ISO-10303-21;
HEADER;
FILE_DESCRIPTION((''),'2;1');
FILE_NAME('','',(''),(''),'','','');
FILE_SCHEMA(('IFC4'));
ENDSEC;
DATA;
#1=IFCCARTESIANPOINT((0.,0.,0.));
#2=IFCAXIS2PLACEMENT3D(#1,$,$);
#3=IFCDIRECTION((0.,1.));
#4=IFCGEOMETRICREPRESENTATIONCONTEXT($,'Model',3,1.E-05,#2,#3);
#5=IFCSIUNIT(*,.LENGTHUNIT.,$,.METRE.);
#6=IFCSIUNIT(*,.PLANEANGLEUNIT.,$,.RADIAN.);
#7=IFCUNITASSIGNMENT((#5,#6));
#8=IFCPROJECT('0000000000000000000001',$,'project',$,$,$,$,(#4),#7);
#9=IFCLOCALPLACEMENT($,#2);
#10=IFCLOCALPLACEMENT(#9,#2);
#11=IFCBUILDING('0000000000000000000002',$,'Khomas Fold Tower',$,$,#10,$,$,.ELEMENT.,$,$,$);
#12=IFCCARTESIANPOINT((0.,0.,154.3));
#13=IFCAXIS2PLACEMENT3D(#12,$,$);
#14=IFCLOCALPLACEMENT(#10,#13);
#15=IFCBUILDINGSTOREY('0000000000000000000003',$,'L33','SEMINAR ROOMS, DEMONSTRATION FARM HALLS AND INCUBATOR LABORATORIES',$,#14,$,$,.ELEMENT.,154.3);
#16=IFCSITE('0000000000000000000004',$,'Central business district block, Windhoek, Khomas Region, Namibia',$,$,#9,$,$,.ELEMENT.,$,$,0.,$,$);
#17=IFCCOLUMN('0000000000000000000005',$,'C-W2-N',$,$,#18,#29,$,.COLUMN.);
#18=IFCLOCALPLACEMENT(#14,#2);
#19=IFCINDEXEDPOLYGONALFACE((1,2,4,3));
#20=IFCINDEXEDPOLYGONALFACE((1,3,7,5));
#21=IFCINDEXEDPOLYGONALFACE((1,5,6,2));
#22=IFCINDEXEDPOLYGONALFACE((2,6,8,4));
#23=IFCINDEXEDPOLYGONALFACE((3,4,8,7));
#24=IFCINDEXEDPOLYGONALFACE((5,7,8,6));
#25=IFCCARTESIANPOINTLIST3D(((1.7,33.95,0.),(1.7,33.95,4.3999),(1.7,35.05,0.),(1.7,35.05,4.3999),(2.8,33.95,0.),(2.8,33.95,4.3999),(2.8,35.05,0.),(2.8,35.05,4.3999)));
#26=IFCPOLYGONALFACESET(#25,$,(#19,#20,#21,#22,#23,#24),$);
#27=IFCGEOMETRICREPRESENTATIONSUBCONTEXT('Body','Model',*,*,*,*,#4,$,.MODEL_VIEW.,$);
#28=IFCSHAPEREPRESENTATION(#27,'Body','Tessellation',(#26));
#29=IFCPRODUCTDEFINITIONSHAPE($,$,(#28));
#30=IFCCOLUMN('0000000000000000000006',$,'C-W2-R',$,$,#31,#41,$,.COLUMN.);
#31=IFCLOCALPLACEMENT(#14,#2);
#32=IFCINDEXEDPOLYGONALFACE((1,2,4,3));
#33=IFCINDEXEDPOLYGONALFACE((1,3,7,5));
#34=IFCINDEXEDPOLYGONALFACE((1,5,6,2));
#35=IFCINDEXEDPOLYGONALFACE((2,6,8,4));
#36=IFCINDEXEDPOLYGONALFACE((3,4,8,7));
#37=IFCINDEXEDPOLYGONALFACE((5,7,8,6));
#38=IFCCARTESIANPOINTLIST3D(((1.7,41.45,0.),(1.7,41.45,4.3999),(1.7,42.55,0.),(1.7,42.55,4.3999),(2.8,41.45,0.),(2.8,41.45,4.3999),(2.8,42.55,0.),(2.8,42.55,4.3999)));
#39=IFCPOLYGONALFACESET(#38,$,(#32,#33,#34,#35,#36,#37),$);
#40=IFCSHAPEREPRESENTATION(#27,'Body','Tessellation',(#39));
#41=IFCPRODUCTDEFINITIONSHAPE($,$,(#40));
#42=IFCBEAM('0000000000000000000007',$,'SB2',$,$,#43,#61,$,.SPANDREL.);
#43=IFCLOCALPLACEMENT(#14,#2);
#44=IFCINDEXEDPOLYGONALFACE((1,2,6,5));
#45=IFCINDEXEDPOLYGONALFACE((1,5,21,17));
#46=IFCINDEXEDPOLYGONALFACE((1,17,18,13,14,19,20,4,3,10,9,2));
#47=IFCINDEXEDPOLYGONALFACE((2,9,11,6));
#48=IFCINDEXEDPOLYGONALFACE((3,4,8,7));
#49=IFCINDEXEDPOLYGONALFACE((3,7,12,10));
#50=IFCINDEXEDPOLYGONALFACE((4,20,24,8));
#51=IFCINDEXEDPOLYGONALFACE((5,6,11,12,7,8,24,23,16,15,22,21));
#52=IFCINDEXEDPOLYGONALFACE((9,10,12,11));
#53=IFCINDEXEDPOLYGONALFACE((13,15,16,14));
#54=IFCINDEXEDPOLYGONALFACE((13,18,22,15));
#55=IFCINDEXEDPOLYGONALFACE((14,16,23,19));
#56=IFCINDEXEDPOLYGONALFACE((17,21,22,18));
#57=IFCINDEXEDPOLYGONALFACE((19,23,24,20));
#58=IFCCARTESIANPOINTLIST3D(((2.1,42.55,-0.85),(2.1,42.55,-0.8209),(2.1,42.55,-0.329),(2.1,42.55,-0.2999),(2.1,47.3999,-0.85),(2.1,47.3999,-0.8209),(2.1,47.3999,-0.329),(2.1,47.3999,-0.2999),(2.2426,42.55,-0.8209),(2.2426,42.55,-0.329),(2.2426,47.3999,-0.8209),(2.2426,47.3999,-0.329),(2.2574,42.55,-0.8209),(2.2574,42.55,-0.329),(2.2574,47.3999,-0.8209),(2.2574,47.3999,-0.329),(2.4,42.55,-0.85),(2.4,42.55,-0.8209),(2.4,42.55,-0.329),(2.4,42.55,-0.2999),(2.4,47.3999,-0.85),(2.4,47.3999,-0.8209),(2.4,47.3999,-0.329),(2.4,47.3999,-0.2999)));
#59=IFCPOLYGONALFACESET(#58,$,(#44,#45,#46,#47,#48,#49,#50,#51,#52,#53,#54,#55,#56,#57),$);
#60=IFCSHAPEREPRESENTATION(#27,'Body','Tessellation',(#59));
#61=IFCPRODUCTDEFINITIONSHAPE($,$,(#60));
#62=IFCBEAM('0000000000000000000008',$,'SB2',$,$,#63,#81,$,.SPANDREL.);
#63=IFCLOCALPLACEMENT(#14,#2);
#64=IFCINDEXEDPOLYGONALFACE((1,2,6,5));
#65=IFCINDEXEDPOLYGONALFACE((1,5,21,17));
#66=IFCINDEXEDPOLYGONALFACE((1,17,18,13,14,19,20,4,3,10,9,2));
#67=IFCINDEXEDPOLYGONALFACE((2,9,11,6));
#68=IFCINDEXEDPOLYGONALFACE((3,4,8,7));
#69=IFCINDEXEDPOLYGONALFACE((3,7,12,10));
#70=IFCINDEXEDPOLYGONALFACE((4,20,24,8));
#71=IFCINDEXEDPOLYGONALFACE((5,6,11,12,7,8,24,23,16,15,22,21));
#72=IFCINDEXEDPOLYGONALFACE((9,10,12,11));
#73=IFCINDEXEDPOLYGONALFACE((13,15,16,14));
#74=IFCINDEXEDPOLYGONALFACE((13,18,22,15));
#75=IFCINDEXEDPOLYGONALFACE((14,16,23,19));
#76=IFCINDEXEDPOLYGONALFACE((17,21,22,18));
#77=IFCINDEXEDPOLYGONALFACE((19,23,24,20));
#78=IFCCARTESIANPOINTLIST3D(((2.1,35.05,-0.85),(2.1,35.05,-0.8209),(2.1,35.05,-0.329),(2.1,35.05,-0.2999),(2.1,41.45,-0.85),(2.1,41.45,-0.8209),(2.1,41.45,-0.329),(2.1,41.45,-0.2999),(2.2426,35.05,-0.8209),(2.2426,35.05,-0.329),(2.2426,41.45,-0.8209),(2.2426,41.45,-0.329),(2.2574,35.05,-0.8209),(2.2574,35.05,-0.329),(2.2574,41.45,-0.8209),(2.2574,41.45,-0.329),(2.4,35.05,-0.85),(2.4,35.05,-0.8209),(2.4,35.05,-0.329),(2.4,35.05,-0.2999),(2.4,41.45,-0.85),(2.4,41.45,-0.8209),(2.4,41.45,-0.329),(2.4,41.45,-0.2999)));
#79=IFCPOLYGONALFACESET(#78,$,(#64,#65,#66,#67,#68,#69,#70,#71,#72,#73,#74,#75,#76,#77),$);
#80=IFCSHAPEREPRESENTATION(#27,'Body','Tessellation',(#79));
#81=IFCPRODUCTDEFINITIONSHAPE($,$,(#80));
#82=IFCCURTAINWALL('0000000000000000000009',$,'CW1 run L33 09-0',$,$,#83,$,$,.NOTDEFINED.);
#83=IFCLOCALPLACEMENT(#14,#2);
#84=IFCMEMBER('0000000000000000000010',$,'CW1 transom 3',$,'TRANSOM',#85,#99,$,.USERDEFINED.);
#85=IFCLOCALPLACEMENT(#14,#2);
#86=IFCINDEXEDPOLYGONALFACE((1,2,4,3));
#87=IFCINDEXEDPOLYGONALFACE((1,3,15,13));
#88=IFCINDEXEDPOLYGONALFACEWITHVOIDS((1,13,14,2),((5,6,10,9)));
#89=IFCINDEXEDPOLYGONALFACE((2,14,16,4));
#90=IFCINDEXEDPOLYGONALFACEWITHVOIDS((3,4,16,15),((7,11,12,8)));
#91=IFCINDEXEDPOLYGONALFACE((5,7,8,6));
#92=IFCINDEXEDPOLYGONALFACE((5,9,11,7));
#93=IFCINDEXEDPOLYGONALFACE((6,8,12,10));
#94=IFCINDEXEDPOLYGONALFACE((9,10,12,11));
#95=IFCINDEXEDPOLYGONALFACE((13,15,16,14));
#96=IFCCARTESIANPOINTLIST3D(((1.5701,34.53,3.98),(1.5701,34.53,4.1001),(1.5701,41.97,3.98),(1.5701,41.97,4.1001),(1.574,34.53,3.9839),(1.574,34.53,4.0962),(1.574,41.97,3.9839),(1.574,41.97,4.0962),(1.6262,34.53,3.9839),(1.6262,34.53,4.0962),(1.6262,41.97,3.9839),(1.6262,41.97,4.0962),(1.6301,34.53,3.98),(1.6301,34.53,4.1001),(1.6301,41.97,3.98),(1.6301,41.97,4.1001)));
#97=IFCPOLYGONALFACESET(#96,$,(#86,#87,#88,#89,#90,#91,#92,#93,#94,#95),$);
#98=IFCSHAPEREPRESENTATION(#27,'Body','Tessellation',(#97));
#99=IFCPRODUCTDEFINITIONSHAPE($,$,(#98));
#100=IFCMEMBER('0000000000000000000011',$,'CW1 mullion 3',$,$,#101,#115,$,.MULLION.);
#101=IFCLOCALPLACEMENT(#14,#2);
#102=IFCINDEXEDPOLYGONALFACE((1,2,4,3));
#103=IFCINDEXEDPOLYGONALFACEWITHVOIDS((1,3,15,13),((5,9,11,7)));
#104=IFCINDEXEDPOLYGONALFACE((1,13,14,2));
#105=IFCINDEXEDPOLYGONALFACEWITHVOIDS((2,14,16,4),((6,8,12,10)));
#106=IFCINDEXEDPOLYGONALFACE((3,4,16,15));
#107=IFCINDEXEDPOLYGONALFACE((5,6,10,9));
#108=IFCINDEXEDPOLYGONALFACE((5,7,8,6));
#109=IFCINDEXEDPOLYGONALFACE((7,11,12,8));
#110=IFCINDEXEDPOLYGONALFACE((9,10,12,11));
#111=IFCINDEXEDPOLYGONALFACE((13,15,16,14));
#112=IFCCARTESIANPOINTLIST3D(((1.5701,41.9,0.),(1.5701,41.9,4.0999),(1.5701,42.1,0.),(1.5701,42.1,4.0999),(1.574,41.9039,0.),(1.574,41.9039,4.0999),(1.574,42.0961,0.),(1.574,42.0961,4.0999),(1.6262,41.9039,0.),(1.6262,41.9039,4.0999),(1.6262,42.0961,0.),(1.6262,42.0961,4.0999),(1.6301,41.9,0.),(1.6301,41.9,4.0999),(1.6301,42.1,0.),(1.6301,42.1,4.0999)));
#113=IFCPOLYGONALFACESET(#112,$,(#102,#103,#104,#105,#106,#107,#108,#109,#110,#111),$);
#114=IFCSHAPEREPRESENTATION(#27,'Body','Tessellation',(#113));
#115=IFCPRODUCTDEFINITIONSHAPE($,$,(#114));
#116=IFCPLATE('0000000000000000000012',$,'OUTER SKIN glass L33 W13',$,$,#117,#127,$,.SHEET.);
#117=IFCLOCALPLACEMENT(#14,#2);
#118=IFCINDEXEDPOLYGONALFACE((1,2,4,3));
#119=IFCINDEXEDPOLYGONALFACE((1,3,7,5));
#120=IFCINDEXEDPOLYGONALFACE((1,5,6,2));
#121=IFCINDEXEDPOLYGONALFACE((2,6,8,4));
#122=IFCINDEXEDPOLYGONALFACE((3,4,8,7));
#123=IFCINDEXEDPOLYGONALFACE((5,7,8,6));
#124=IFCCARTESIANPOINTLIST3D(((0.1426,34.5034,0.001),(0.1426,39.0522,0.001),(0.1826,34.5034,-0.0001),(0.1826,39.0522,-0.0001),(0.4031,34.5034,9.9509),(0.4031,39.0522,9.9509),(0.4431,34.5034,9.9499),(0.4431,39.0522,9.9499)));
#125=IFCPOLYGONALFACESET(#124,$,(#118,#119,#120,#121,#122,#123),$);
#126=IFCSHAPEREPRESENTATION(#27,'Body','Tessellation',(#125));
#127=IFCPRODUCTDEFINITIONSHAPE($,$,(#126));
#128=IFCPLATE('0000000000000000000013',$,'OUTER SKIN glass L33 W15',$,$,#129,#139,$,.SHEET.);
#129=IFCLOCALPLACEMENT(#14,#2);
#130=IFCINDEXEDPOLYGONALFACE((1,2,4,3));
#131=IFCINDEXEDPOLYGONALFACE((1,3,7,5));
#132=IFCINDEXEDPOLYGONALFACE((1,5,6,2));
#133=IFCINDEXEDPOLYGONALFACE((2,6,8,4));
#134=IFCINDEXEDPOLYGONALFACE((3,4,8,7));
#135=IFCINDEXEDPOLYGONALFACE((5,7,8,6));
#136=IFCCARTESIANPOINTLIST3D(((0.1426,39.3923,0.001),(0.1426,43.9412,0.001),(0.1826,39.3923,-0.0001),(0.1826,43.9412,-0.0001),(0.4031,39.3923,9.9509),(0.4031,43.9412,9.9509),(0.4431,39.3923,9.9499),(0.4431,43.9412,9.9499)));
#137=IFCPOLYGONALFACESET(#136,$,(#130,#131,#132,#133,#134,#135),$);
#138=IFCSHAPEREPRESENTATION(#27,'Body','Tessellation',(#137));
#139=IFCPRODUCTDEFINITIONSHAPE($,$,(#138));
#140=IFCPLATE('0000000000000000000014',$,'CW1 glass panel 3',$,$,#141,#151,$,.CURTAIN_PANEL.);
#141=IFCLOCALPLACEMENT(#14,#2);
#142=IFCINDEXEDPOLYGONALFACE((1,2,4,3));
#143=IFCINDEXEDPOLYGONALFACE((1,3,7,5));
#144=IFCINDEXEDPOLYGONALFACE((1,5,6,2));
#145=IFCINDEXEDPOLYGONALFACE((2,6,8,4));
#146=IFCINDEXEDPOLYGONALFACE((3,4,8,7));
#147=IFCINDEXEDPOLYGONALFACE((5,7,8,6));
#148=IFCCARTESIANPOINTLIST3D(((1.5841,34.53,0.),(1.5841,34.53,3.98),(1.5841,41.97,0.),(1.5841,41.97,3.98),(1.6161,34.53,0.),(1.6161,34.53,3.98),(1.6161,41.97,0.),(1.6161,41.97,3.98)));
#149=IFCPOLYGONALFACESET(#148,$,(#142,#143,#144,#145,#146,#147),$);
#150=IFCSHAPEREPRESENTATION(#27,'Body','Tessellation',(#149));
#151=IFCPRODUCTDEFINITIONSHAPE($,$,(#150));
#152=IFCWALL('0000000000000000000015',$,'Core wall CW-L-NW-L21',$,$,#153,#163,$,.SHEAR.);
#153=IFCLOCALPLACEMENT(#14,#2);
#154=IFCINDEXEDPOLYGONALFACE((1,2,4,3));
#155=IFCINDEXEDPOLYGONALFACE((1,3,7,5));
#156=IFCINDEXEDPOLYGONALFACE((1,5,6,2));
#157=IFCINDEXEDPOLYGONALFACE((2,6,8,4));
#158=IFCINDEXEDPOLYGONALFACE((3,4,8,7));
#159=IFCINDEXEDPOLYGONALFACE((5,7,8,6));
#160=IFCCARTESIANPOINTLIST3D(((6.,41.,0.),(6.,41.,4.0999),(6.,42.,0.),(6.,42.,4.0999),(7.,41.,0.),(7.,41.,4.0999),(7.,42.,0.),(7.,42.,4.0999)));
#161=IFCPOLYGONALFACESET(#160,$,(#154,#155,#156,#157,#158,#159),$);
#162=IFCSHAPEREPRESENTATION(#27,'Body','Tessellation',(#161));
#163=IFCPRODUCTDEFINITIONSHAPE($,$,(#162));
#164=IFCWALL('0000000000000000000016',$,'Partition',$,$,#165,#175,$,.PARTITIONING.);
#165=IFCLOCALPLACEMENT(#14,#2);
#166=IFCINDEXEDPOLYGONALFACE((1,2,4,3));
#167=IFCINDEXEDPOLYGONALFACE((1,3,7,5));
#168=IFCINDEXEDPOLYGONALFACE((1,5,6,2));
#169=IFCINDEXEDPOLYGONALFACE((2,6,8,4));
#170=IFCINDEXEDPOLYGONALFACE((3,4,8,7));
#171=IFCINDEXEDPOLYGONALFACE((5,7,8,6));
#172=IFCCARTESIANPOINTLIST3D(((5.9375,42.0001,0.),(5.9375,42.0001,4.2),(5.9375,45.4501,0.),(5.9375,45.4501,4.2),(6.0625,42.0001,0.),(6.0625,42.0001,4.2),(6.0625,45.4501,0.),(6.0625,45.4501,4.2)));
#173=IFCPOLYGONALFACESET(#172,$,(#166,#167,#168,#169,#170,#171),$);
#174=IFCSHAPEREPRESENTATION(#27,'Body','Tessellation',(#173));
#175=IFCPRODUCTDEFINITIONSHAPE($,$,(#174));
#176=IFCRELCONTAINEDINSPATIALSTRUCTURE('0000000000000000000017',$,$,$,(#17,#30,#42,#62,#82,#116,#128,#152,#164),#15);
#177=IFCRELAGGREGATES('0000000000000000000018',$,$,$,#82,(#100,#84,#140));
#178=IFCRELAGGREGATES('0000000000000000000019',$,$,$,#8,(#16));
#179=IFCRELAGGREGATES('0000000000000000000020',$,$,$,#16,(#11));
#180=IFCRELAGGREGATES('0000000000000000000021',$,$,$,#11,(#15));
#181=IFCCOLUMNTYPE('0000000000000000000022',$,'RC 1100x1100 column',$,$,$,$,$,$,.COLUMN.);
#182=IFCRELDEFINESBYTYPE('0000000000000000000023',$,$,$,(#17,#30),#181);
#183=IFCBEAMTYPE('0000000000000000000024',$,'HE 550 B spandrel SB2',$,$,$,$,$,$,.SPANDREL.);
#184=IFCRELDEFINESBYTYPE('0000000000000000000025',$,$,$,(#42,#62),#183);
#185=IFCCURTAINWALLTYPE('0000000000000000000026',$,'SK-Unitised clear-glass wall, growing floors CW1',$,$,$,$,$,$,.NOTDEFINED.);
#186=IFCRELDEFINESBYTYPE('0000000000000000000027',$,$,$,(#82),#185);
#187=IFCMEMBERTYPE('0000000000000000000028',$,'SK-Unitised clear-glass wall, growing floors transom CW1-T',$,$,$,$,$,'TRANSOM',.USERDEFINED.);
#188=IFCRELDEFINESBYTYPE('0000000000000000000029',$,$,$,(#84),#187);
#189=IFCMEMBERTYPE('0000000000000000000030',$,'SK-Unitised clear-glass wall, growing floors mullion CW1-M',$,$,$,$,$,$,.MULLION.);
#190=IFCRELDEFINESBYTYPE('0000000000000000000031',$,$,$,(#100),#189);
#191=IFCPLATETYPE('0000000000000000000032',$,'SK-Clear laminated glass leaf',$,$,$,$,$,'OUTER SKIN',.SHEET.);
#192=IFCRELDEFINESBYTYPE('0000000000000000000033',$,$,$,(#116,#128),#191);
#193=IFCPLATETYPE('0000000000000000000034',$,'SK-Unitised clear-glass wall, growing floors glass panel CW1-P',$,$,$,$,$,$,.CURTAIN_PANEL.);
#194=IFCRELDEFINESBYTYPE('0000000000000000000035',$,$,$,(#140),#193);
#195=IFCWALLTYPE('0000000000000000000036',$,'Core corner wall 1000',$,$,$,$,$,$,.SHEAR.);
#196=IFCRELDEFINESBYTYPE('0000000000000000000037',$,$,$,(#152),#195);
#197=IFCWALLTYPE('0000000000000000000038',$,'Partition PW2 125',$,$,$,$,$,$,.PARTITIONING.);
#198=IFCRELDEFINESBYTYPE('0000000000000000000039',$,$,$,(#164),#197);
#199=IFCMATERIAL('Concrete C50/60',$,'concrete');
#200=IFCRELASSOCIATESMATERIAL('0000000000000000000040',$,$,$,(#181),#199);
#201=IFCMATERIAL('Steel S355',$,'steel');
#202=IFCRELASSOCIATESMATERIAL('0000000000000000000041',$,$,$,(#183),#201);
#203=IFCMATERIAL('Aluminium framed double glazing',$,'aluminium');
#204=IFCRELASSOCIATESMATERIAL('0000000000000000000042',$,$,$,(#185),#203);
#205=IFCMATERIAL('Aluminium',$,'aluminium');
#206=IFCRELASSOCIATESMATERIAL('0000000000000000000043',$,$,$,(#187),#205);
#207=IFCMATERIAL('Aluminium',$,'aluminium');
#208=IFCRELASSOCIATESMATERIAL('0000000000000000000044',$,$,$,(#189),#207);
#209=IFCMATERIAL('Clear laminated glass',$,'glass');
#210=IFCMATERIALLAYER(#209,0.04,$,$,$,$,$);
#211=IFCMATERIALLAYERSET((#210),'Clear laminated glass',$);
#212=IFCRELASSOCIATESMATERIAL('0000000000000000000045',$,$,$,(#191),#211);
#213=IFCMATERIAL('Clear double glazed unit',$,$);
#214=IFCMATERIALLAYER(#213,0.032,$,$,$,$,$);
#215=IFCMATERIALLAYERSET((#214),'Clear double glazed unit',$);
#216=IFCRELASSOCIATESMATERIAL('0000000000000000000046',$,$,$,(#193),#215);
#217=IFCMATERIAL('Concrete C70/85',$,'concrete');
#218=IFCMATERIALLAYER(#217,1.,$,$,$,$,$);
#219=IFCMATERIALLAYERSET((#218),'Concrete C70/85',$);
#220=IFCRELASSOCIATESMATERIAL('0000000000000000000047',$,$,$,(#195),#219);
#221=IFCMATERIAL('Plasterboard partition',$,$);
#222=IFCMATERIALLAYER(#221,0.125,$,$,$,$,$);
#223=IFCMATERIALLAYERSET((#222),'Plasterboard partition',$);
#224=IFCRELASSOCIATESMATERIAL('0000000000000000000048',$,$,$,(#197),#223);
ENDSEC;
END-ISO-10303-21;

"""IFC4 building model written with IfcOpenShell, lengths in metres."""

from ifc_helpers import new_model, si_unit, direction, frame, frame_2d, origin, origin_2d, place, context, subcontext, project, spatial, polyline, rectangle, hollow_rectangle, i_section, outline, extrude, source, transform, mapped, material, layer, layer_set, material_profile, profile_set, type_object, element, aggregate, save


model = new_model("IFC4")

# Units and contexts
model_context = context("Model", 3, precision=1e-05, world=origin(), true_north=direction((0.0, 1.0)))
body_context = subcontext(model_context, "Body", "Model", "MODEL_VIEW")
ifc_project = project(units=[si_unit("LENGTHUNIT", "METRE"), si_unit("PLANEANGLEUNIT", "RADIAN")], contexts=[model_context])

# Site, building, storey
site_placement = place(None, origin())
site = spatial("IfcSite", under=ifc_project, at=site_placement, Name="Central business district block, Windhoek, Khomas Region, Namibia", CompositionType="ELEMENT", RefElevation=0.0)
building_placement = place(site_placement, origin())
building = spatial("IfcBuilding", under=site, at=building_placement, Name="Khomas Fold Tower", CompositionType="ELEMENT")
storey_placement = place(building_placement, frame((0.0, 0.0, 154.3)))
storey = spatial("IfcBuildingStorey", under=building, at=storey_placement, Name="L33", Description="SEMINAR ROOMS, DEMONSTRATION FARM HALLS AND INCUBATOR LABORATORIES", CompositionType="ELEMENT", Elevation=154.3)

# Columns
ifc_material_1 = material(Name="Concrete C50/60", Category="concrete")
ifc_material_profile_1 = material_profile(ifc_material_1, rectangle(XDim=1.1001, YDim=1.1001, at=origin_2d()), Name="RC 1100x1100")
ifc_profile_set_1 = profile_set([ifc_material_profile_1], Name="Concrete C50/60")
column_type = type_object("IfcColumnType", Name="RC 1100x1100 column", PredefinedType="COLUMN", material=ifc_profile_set_1)
shared_shape_1 = source(origin(), body_context, "Body", "SweptSolid", [
    extrude(rectangle(XDim=1.1001, YDim=1.1001, at=origin_2d()), origin(), (0.0, 0.0, 1.0), 4.3999),
])
for number, where, z_axis, x_axis, name in (
    (1, (2.25, 34.5, 0.0), (0.0, 0.0, 1.0), (1.0, 0.0, 0.0), "C-W2-N"),
    (2, (2.25, 42.0, 0.0), (0.0, 0.0, 1.0), (1.0, 0.0, 0.0), "C-W2-R"),
):
    element("IfcColumn", number, at=place(storey_placement, frame(where, z_axis=z_axis, x_axis=x_axis)), inside=storey, type_object=column_type, Name=name, PredefinedType="COLUMN", context=body_context, shape_type="MappedRepresentation", body=[
        mapped(shared_shape_1, transform((0.0, 0.0, 0.0))),
    ])

# Beams
ifc_material_2 = material(Name="Steel S355", Category="steel")
ifc_material_profile_2 = material_profile(ifc_material_2, i_section(OverallWidth=0.3, OverallDepth=0.55, WebThickness=0.0149, FlangeThickness=0.0291, at=origin_2d()), Name="HE 550 B")
ifc_profile_set_2 = profile_set([ifc_material_profile_2], Name="Steel S355")
beam_type = type_object("IfcBeamType", Name="HE 550 B spandrel SB2", PredefinedType="SPANDREL", material=ifc_profile_set_2)
shared_shape_2 = source(origin(), body_context, "Body", "SweptSolid", [
    extrude(i_section(OverallWidth=0.3, OverallDepth=0.55, WebThickness=0.0149, FlangeThickness=0.0291, at=origin_2d()), origin(), (0.0, 0.0, 1.0), 4.8499),
])
beam_1_placement = place(storey_placement, frame((2.25, 42.55, -0.575), z_axis=(0.0, 1.0, 0.0), x_axis=(-1.0, 0.0, 0.0)))
element("IfcBeam", 3, at=beam_1_placement, inside=storey, type_object=beam_type, Name="SB2", PredefinedType="SPANDREL", context=body_context, shape_type="MappedRepresentation", body=[
    mapped(shared_shape_2, transform((0.0, 0.0, 0.0))),
])
shared_shape_3 = source(origin(), body_context, "Body", "SweptSolid", [
    extrude(i_section(OverallWidth=0.3, OverallDepth=0.55, WebThickness=0.0149, FlangeThickness=0.0291, at=origin_2d()), origin(), (0.0, 0.0, 1.0), 6.3999),
])
beam_2_placement = place(storey_placement, frame((2.25, 35.05, -0.575), z_axis=(0.0, 1.0, 0.0), x_axis=(-1.0, 0.0, 0.0)))
element("IfcBeam", 4, at=beam_2_placement, inside=storey, type_object=beam_type, Name="SB2", PredefinedType="SPANDREL", context=body_context, shape_type="MappedRepresentation", body=[
    mapped(shared_shape_3, transform((0.0, 0.0, 0.0))),
])

# Curtain wall, members
ifc_material_3 = material(Name="Aluminium framed double glazing", Category="aluminium")
curtain_wall_type = type_object("IfcCurtainWallType", Name="SK-Unitised clear-glass wall, growing floors CW1", PredefinedType="NOTDEFINED", material=ifc_material_3)
curtain_wall_placement = place(storey_placement, origin())
curtain_wall = element("IfcCurtainWall", 5, at=curtain_wall_placement, inside=storey, type_object=curtain_wall_type, Name="CW1 run L33 09-0", PredefinedType="NOTDEFINED")
ifc_material_4 = material(Name="Aluminium", Category="aluminium")
ifc_material_profile_3 = material_profile(ifc_material_4, hollow_rectangle(XDim=0.0601, YDim=0.1201, WallThickness=0.0039, at=origin_2d()), Name="SK-Unitised clear-glass wall, growing floors transom CW1-T")
ifc_profile_set_3 = profile_set([ifc_material_profile_3], Name="Aluminium")
member_type_1 = type_object("IfcMemberType", Name="SK-Unitised clear-glass wall, growing floors transom CW1-T", ElementType="TRANSOM", PredefinedType="USERDEFINED", material=ifc_profile_set_3)
shared_shape_4 = source(origin(), body_context, "Body", "SweptSolid", [
    extrude(hollow_rectangle(XDim=0.0601, YDim=0.1201, WallThickness=0.0039, at=origin_2d()), origin(), (0.0, 0.0, 1.0), 7.4399),
])
member_1_placement = place(storey_placement, frame((1.6001, 41.97, 4.04), z_axis=(0.0, -1.0, 0.0), x_axis=(1.0, 0.0, 0.0)))
member_1 = element("IfcMember", 6, at=member_1_placement, type_object=member_type_1, Name="CW1 transom 3", ObjectType="TRANSOM", PredefinedType="USERDEFINED", context=body_context, shape_type="MappedRepresentation", body=[
    mapped(shared_shape_4, transform((0.0, 0.0, 0.0))),
])
ifc_material_5 = material(Name="Aluminium", Category="aluminium")
ifc_material_profile_4 = material_profile(ifc_material_5, hollow_rectangle(XDim=0.0601, YDim=0.2, WallThickness=0.0039, at=origin_2d()), Name="SK-Unitised clear-glass wall, growing floors mullion CW1-M")
ifc_profile_set_4 = profile_set([ifc_material_profile_4], Name="Aluminium")
member_type_2 = type_object("IfcMemberType", Name="SK-Unitised clear-glass wall, growing floors mullion CW1-M", PredefinedType="MULLION", material=ifc_profile_set_4)
shared_shape_5 = source(origin(), body_context, "Body", "SweptSolid", [
    extrude(hollow_rectangle(XDim=0.0601, YDim=0.2, WallThickness=0.0039, at=origin_2d()), origin(), (0.0, 0.0, 1.0), 4.0999),
])
member_2_placement = place(storey_placement, frame((1.6001, 42.0, 0.0), z_axis=(0.0, 0.0, 1.0), x_axis=(1.0, 0.0, 0.0)))
member_2 = element("IfcMember", 7, at=member_2_placement, type_object=member_type_2, Name="CW1 mullion 3", PredefinedType="MULLION", context=body_context, shape_type="MappedRepresentation", body=[
    mapped(shared_shape_5, transform((0.0, 0.0, 0.0))),
])

# Plates
ifc_material_6 = material(Name="Clear laminated glass", Category="glass")
ifc_layer_1 = layer(ifc_material_6, 0.04)
ifc_layer_set_1 = layer_set([ifc_layer_1], Name="Clear laminated glass")
plate_type_1 = type_object("IfcPlateType", Name="SK-Clear laminated glass leaf", ElementType="OUTER SKIN", PredefinedType="SHEET", material=ifc_layer_set_1)
for number, where, z_axis, x_axis, name in (
    (8, (0.1426, 34.5034, 0.001), (-0.999657, 0.0, 0.026172), (0.0, 1.0, 0.0), "OUTER SKIN glass L33 W13"),
    (9, (0.1426, 39.3923, 0.001), (-0.999657, 0.0, 0.026172), (0.0, 1.0, 0.0), "OUTER SKIN glass L33 W15"),
):
    element("IfcPlate", number, at=place(storey_placement, frame(where, z_axis=z_axis, x_axis=x_axis)), inside=storey, type_object=plate_type_1, Name=name, PredefinedType="SHEET", context=body_context, shape_type="SweptSolid", body=[
        extrude(outline(polyline([(0.0, 0.0), (4.5488, 0.0), (4.5488, -9.9534), (0.0, -9.9534), (0.0, 0.0)])), origin(), (0.0, 0.0, -1.0), 0.04),
    ])

# Plate
ifc_material_7 = material(Name="Clear double glazed unit")
ifc_layer_2 = layer(ifc_material_7, 0.032)
ifc_layer_set_2 = layer_set([ifc_layer_2], Name="Clear double glazed unit")
plate_type_2 = type_object("IfcPlateType", Name="SK-Unitised clear-glass wall, growing floors glass panel CW1-P", PredefinedType="CURTAIN_PANEL", material=ifc_layer_set_2)
shared_shape_6 = source(origin(), body_context, "Body", "SweptSolid", [
    extrude(rectangle(XDim=7.4399, YDim=0.032, at=origin_2d()), origin(), (0.0, 0.0, 1.0), 3.98),
])
plate_placement = place(storey_placement, frame((1.6001, 38.25, 0.0), z_axis=(0.0, 0.0, 1.0), x_axis=(0.0, -1.0, 0.0)))
plate = element("IfcPlate", 10, at=plate_placement, type_object=plate_type_2, Name="CW1 glass panel 3", PredefinedType="CURTAIN_PANEL", context=body_context, shape_type="MappedRepresentation", body=[
    mapped(shared_shape_6, transform((0.0, 0.0, 0.0))),
])
aggregate(curtain_wall, [member_2, member_1, plate])

# Walls
ifc_material_8 = material(Name="Concrete C70/85", Category="concrete")
ifc_layer_3 = layer(ifc_material_8, 1.0)
ifc_layer_set_3 = layer_set([ifc_layer_3], Name="Concrete C70/85")
wall_type_1 = type_object("IfcWallType", Name="Core corner wall 1000", PredefinedType="SHEAR", material=ifc_layer_set_3)
shared_shape_7 = source(origin(), body_context, "Body", "SweptSolid", [
    extrude(rectangle(XDim=1.0, YDim=1.0, at=frame_2d((0.5, 0.0))), origin(), (0.0, 0.0, 1.0), 4.0999),
])
wall_1_placement = place(storey_placement, frame((6.0, 41.5, 0.0), z_axis=(0.0, 0.0, 1.0), x_axis=(1.0, 0.0, 0.0)))
element("IfcWall", 11, at=wall_1_placement, inside=storey, type_object=wall_type_1, Name="Core wall CW-L-NW-L21", PredefinedType="SHEAR", context=body_context, shape_type="MappedRepresentation", body=[
    mapped(shared_shape_7, transform((0.0, 0.0, 0.0))),
])
ifc_material_9 = material(Name="Plasterboard partition")
ifc_layer_4 = layer(ifc_material_9, 0.125)
ifc_layer_set_4 = layer_set([ifc_layer_4], Name="Plasterboard partition")
wall_type_2 = type_object("IfcWallType", Name="Partition PW2 125", PredefinedType="PARTITIONING", material=ifc_layer_set_4)
shared_shape_8 = source(origin(), body_context, "Body", "SweptSolid", [
    extrude(rectangle(XDim=3.45, YDim=0.125, at=frame_2d((1.7251, 0.0))), origin(), (0.0, 0.0, 1.0), 4.2),
])
wall_2_placement = place(storey_placement, frame((6.0, 42.0, 0.0), z_axis=(0.0, 0.0, 1.0), x_axis=(0.0, 1.0, 0.0)))
element("IfcWall", 12, at=wall_2_placement, inside=storey, type_object=wall_type_2, Name="Partition", PredefinedType="PARTITIONING", context=body_context, shape_type="MappedRepresentation", body=[
    mapped(shared_shape_8, transform((0.0, 0.0, 0.0))),
])

save(model, "model.ifc")
